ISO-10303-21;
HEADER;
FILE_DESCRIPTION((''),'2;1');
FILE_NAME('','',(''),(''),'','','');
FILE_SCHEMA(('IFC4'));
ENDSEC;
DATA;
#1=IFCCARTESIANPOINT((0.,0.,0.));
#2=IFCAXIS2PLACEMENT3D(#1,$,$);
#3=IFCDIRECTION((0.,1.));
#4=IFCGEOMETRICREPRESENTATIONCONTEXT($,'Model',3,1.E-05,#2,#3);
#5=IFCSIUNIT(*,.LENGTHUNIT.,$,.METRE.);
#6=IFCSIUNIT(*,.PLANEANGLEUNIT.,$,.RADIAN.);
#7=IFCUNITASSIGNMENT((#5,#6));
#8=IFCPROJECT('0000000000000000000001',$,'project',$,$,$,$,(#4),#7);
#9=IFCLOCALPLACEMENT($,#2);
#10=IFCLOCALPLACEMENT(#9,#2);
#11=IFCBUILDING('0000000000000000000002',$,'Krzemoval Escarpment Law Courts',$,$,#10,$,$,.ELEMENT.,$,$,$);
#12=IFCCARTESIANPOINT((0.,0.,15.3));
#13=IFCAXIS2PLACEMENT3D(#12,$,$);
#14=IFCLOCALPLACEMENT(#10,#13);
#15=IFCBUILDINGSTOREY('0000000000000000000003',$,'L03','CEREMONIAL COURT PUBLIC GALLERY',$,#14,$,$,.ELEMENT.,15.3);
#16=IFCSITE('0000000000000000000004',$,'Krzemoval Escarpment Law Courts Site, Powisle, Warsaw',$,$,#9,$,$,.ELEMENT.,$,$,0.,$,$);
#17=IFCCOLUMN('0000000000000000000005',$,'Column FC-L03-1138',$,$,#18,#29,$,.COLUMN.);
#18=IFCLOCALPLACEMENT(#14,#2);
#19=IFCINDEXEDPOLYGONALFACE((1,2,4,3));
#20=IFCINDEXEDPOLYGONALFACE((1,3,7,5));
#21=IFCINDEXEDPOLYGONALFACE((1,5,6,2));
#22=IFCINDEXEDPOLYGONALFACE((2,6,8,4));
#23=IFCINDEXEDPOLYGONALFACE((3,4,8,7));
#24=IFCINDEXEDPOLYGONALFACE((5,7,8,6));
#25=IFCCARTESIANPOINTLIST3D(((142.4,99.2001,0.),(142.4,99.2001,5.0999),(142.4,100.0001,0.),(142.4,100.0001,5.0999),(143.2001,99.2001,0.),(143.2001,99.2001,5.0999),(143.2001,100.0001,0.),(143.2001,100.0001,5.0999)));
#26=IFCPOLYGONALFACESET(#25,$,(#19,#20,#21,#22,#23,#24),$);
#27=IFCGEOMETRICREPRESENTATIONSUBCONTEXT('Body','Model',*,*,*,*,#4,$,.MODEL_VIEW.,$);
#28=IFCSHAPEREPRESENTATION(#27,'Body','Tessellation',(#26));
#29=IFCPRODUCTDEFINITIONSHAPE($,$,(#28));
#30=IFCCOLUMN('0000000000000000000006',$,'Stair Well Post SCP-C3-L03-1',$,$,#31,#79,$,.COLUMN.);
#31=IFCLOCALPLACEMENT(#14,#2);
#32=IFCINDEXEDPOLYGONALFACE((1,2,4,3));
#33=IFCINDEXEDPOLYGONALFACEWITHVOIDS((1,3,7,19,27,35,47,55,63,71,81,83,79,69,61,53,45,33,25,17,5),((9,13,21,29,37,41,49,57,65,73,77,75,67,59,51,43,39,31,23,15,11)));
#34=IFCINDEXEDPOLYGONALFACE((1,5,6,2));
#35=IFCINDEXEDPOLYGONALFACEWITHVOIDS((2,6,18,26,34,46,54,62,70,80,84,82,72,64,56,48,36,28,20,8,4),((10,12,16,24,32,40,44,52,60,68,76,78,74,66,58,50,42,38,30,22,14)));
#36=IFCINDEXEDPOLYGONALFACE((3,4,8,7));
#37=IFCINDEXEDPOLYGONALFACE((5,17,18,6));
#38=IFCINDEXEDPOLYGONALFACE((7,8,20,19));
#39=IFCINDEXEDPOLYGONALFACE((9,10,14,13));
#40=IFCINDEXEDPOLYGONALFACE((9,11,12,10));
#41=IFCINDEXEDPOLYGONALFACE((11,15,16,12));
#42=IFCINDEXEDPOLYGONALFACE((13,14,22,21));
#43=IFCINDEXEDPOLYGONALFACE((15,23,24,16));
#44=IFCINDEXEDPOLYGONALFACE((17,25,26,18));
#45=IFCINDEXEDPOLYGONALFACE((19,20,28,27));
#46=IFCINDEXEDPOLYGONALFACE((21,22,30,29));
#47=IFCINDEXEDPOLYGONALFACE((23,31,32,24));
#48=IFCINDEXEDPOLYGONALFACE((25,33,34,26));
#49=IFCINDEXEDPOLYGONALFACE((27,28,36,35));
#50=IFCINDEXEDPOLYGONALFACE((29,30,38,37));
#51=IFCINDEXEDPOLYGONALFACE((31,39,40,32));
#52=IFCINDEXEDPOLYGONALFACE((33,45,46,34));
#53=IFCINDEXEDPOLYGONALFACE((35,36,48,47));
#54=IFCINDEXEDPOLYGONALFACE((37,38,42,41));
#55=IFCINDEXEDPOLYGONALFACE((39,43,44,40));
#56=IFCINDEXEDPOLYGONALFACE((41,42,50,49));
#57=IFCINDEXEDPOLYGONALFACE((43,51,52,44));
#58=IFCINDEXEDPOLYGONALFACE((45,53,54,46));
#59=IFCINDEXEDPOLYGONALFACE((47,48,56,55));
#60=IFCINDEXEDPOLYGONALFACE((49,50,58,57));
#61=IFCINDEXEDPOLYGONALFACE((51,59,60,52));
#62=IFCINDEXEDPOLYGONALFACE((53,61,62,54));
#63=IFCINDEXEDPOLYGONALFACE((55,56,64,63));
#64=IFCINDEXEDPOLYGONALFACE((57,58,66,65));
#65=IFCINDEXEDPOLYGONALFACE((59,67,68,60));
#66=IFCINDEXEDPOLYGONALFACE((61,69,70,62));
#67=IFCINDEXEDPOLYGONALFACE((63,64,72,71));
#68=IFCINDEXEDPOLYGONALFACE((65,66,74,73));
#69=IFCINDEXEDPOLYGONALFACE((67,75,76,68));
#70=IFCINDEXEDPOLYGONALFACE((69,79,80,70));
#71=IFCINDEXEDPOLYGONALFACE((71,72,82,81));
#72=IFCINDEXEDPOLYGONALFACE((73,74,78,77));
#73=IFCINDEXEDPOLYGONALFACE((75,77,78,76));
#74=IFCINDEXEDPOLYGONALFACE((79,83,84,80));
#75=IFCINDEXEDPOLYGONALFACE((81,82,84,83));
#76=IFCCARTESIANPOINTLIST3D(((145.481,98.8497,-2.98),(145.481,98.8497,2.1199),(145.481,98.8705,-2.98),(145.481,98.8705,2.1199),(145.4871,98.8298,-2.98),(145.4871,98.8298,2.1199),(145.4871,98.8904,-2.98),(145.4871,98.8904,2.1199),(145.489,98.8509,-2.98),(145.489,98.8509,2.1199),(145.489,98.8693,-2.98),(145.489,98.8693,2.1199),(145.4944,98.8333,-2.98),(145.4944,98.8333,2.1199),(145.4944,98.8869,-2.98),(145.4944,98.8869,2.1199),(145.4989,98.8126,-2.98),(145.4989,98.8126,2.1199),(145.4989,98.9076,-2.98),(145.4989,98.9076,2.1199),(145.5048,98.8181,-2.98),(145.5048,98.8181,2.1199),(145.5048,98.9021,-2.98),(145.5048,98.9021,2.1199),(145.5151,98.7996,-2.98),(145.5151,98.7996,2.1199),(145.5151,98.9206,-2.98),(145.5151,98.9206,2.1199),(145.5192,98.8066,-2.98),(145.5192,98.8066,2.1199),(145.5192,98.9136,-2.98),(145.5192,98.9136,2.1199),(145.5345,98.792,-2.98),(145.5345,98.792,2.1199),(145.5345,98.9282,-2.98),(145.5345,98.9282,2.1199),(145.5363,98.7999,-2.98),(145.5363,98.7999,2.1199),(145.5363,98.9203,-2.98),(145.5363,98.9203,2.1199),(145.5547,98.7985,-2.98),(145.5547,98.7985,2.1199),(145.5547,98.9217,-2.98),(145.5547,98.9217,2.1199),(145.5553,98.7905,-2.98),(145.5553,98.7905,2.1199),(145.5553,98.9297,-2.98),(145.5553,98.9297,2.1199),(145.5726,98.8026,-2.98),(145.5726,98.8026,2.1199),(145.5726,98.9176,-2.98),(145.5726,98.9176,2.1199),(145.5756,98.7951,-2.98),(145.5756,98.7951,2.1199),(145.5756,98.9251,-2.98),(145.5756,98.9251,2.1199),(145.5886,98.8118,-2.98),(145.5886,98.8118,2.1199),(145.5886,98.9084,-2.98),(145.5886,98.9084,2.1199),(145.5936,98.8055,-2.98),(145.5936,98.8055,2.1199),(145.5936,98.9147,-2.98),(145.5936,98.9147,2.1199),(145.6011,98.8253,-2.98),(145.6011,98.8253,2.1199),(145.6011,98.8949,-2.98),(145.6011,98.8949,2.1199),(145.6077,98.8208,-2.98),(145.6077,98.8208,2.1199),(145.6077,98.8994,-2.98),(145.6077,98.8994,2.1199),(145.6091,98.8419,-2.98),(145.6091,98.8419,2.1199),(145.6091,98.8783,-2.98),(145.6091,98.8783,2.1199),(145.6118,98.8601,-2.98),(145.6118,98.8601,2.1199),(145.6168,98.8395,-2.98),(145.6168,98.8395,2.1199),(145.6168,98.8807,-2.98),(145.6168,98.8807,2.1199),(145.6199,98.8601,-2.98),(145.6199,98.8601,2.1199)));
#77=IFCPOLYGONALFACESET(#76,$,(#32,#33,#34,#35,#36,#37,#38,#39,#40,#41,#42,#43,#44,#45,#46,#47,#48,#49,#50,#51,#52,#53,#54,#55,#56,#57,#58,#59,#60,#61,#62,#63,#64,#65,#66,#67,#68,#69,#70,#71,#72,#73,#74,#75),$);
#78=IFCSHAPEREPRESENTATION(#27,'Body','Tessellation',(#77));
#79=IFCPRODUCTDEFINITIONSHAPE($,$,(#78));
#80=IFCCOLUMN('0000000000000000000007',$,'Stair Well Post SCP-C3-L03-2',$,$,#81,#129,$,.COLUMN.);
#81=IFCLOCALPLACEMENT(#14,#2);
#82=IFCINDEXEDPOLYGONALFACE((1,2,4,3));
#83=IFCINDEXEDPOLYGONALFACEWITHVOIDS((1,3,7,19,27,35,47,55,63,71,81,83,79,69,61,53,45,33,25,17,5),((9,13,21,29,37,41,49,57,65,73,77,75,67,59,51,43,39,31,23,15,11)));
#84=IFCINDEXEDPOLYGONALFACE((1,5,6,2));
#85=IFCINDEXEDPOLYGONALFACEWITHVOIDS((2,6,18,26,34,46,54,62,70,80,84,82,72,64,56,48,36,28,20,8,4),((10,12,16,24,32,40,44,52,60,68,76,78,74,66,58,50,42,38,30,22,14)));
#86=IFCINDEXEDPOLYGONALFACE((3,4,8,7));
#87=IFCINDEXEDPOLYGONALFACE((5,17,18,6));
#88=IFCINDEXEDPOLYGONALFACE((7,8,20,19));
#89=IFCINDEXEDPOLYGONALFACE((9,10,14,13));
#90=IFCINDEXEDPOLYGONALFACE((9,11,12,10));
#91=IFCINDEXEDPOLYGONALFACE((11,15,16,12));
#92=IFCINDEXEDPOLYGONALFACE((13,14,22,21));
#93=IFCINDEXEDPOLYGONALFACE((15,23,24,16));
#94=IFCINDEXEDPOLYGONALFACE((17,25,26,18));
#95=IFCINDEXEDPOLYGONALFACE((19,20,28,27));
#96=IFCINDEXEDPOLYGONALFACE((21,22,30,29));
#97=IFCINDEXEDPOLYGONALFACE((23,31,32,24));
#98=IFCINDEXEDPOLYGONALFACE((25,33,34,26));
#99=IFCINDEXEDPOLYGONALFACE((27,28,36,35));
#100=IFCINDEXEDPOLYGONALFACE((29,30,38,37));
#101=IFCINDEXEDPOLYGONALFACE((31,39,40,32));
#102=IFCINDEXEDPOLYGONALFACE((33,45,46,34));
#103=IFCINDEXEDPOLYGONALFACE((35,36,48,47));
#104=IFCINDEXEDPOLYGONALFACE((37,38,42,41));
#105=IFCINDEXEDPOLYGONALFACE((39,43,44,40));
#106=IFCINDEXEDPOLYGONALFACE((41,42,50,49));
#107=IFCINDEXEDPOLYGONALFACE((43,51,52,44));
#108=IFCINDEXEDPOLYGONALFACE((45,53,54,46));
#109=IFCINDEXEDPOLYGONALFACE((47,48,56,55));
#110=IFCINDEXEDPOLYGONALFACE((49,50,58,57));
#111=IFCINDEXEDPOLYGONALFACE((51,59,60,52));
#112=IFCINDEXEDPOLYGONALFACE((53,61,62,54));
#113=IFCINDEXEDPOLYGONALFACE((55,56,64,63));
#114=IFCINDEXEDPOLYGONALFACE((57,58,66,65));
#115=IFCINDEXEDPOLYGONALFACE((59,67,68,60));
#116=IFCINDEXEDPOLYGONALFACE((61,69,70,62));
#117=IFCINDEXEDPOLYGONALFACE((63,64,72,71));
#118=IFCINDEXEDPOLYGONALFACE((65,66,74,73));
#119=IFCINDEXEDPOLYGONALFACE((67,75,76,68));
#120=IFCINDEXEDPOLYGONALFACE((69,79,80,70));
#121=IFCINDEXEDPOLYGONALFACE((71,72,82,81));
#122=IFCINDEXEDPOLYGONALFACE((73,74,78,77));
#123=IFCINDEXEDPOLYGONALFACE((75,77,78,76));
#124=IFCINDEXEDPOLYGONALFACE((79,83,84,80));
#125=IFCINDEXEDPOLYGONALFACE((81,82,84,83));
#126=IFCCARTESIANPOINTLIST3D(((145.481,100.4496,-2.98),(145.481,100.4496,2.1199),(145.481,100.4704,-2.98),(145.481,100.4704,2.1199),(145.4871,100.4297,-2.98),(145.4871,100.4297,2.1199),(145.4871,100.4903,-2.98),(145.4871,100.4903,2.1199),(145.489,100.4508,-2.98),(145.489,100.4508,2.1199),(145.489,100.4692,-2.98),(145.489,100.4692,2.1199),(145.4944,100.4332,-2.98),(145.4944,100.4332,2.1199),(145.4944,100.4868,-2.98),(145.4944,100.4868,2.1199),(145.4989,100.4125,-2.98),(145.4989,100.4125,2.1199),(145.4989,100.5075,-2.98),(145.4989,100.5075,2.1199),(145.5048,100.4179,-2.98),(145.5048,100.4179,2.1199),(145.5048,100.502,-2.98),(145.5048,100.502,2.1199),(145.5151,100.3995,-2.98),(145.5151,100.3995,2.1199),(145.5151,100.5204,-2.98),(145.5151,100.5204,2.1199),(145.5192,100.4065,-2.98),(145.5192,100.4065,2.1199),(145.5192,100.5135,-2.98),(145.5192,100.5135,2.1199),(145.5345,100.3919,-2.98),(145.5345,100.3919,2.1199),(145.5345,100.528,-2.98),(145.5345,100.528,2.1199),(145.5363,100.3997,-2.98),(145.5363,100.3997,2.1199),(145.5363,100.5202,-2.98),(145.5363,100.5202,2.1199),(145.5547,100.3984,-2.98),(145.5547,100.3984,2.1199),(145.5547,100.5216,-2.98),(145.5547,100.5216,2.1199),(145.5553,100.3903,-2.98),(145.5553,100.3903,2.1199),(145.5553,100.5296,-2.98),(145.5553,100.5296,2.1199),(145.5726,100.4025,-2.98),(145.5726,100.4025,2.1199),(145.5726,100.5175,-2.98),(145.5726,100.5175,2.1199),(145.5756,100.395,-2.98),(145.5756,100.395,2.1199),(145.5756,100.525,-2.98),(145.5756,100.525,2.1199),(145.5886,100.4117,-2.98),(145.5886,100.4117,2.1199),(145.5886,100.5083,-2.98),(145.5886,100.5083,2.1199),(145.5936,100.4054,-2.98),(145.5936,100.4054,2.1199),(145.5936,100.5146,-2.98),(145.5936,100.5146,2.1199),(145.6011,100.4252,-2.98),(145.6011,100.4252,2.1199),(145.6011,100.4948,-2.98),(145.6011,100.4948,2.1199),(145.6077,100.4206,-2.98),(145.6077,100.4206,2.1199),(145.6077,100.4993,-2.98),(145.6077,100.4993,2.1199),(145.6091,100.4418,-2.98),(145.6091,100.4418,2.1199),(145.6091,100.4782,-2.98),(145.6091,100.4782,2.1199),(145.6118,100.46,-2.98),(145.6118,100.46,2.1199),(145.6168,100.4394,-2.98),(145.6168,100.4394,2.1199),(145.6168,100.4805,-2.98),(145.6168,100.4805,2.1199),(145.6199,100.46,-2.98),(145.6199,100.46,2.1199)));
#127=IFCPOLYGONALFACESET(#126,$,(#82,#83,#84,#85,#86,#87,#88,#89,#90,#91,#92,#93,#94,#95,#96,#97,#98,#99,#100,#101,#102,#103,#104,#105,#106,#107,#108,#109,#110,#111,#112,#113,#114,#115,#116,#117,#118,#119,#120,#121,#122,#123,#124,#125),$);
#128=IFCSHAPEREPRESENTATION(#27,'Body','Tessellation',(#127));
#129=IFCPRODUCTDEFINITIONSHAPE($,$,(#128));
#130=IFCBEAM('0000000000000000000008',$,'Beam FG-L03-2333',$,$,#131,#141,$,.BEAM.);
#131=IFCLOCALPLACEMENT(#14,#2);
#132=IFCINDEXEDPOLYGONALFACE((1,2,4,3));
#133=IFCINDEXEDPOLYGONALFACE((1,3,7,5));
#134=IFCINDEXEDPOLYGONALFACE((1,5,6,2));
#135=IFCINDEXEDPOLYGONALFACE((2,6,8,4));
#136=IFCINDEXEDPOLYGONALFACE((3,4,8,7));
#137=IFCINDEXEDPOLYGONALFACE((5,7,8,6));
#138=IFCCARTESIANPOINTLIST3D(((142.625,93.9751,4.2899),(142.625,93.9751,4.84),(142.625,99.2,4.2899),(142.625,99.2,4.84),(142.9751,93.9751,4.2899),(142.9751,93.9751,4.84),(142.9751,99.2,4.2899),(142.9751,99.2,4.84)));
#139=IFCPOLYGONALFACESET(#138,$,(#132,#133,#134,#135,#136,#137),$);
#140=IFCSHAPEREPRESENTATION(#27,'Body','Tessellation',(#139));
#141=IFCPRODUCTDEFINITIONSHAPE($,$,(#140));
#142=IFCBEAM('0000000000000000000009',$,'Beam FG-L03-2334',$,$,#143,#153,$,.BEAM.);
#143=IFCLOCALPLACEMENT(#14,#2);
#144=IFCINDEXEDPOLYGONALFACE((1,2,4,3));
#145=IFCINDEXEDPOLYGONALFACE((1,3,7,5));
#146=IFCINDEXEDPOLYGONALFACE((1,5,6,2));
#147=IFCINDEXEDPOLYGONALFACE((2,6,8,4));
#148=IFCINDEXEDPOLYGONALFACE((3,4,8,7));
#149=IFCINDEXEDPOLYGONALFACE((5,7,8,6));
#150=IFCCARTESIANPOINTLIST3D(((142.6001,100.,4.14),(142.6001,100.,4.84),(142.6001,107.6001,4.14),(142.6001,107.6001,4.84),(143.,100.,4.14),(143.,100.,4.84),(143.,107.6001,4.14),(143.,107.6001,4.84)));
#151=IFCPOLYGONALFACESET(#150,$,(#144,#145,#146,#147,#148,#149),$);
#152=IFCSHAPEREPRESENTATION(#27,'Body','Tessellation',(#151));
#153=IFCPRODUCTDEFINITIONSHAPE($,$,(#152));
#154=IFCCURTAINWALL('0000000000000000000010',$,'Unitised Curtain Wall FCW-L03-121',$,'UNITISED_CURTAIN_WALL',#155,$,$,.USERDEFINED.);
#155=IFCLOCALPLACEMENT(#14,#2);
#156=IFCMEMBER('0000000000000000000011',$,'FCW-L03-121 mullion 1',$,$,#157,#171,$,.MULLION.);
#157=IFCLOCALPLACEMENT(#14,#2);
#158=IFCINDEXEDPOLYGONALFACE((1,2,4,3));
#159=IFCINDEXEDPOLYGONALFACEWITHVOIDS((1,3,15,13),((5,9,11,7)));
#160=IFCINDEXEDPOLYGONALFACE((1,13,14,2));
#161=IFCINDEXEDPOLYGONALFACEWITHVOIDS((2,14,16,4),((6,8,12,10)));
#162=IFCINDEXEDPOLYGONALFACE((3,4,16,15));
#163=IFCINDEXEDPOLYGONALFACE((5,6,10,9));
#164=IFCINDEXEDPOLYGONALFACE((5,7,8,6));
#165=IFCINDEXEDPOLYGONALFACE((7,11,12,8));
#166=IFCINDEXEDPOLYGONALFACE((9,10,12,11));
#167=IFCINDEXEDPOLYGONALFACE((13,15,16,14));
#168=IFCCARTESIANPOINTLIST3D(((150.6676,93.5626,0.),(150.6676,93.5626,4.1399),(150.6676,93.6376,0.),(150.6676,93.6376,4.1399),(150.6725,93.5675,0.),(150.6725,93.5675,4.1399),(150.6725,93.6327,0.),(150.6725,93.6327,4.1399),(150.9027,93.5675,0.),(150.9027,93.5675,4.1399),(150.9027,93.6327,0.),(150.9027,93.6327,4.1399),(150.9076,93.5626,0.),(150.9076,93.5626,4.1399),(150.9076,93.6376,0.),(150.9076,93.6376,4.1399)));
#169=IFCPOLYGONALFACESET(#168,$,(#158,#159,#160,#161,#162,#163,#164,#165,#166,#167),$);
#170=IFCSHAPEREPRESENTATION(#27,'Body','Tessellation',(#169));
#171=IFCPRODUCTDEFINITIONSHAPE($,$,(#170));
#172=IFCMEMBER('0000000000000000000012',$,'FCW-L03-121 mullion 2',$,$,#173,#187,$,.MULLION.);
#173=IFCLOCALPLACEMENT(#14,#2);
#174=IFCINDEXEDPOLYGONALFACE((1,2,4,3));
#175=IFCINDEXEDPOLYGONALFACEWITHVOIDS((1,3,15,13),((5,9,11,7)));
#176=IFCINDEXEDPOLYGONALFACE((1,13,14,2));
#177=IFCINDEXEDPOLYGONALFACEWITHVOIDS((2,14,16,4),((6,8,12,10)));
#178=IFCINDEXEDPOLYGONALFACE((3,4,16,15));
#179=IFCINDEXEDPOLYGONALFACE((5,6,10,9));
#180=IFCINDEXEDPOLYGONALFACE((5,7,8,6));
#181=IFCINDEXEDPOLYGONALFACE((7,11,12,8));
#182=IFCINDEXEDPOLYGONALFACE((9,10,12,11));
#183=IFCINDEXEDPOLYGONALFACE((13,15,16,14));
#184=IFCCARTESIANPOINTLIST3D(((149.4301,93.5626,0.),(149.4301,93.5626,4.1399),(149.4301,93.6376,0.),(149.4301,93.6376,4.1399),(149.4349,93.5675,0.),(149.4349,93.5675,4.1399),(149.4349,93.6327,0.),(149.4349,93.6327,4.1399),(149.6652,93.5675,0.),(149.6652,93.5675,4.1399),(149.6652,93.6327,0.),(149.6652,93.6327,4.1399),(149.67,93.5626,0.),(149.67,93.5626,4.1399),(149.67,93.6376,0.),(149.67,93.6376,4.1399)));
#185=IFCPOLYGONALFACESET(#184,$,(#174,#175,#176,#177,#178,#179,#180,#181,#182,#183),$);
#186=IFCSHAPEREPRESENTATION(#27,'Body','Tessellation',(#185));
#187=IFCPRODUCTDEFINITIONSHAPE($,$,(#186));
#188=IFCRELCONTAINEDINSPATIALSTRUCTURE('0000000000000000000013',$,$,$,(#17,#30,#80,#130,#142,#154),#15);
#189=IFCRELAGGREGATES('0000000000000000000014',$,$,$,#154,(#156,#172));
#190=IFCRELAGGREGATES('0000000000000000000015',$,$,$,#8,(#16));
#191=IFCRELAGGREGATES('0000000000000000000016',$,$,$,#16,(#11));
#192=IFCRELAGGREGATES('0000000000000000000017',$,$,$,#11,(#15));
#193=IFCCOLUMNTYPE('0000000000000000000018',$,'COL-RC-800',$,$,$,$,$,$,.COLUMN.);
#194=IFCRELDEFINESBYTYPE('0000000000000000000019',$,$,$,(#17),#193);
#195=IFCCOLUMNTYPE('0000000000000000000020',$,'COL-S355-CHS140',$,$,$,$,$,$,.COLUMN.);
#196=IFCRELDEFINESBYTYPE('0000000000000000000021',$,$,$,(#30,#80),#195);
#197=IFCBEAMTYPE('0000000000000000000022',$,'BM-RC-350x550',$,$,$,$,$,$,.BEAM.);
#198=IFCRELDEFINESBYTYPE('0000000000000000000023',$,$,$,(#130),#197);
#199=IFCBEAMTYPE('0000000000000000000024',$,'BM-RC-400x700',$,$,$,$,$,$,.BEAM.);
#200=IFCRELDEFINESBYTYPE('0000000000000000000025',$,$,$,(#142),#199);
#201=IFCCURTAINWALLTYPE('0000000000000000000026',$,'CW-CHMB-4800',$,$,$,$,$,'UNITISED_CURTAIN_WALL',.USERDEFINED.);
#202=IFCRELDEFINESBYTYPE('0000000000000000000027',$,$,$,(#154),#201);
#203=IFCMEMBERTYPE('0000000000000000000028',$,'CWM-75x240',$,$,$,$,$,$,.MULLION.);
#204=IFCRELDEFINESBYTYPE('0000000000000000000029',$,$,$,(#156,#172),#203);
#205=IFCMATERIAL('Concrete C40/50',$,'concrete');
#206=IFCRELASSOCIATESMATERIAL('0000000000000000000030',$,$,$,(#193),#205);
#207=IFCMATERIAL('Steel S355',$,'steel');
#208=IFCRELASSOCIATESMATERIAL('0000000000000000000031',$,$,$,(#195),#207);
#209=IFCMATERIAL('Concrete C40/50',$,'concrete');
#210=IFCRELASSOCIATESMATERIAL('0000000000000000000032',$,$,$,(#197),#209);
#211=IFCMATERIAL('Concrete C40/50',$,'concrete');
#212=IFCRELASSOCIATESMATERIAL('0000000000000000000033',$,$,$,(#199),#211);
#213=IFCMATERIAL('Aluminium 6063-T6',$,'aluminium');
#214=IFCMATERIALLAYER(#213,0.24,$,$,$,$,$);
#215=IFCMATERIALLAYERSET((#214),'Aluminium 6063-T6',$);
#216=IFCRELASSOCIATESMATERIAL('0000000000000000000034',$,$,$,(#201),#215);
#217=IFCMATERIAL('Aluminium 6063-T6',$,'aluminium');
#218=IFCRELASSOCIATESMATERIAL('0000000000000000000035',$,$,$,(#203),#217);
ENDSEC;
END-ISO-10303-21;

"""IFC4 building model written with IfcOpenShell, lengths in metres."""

from ifc_helpers import new_model, si_unit, direction, frame, origin, origin_2d, place, context, subcontext, project, spatial, rectangle, hollow_rectangle, hollow_circle, extrude, material, layer, layer_set, material_profile, profile_set, type_object, element, aggregate, save


model = new_model("IFC4")

# Units and contexts
model_context = context("Model", 3, precision=1e-05, world=origin(), true_north=direction((0.0, 1.0)))
body_context = subcontext(model_context, "Body", "Model", "MODEL_VIEW")
ifc_project = project(units=[si_unit("LENGTHUNIT", "METRE"), si_unit("PLANEANGLEUNIT", "RADIAN")], contexts=[model_context])

# Site, building, storey
site_placement = place(None, origin())
site = spatial("IfcSite", under=ifc_project, at=site_placement, Name="Krzemoval Escarpment Law Courts Site, Powisle, Warsaw", CompositionType="ELEMENT", RefElevation=0.0)
building_placement = place(site_placement, origin())
building = spatial("IfcBuilding", under=site, at=building_placement, Name="Krzemoval Escarpment Law Courts", CompositionType="ELEMENT")
storey_placement = place(building_placement, frame((0.0, 0.0, 15.3)))
storey = spatial("IfcBuildingStorey", under=building, at=storey_placement, Name="L03", Description="CEREMONIAL COURT PUBLIC GALLERY", CompositionType="ELEMENT", Elevation=15.3)

# Columns
ifc_material_1 = material(Name="Concrete C40/50", Category="concrete")
ifc_material_profile_1 = material_profile(ifc_material_1, rectangle(XDim=0.8, YDim=0.8, at=origin_2d()), Name="RC 800x800")
ifc_profile_set_1 = profile_set([ifc_material_profile_1], Name="Concrete C40/50")
column_type_1 = type_object("IfcColumnType", Name="COL-RC-800", PredefinedType="COLUMN", material=ifc_profile_set_1)
column_placement = place(storey_placement, frame((142.8, 99.6001, 0.0), z_axis=(0.0, 0.0, 1.0), x_axis=(1.0, 0.0, 0.0)))
element("IfcColumn", 1, at=column_placement, inside=storey, type_object=column_type_1, Name="Column FC-L03-1138", PredefinedType="COLUMN", context=body_context, shape_type="SweptSolid", body=[
    extrude(rectangle(XDim=0.8, YDim=0.8, at=origin_2d()), origin(), (0.0, 0.0, 1.0), 5.0999),
])
ifc_material_2 = material(Name="Steel S355", Category="steel")
ifc_material_profile_2 = material_profile(ifc_material_2, hollow_circle(Radius=0.0698, WallThickness=0.0081, at=origin_2d()), Name="CHS 139.7x8")
ifc_profile_set_2 = profile_set([ifc_material_profile_2], Name="Steel S355")
column_type_2 = type_object("IfcColumnType", Name="COL-S355-CHS140", PredefinedType="COLUMN", material=ifc_profile_set_2)
for number, where, z_axis, x_axis, name in (
    (2, (145.55, 98.8601, -2.98), (0.0, 0.0, 1.0), (1.0, 0.0, 0.0), "Stair Well Post SCP-C3-L03-1"),
    (3, (145.55, 100.46, -2.98), (0.0, 0.0, 1.0), (1.0, 0.0, 0.0), "Stair Well Post SCP-C3-L03-2"),
):
    element("IfcColumn", number, at=place(storey_placement, frame(where, z_axis=z_axis, x_axis=x_axis)), inside=storey, type_object=column_type_2, Name=name, PredefinedType="COLUMN", context=body_context, shape_type="SweptSolid", body=[
        extrude(hollow_circle(Radius=0.0698, WallThickness=0.0081, at=origin_2d()), origin(), (0.0, 0.0, 1.0), 5.0999),
    ])

# Beams
ifc_material_3 = material(Name="Concrete C40/50", Category="concrete")
ifc_material_profile_3 = material_profile(ifc_material_3, rectangle(XDim=0.3501, YDim=0.55, at=origin_2d()), Name="RCB 350x550")
ifc_profile_set_3 = profile_set([ifc_material_profile_3], Name="Concrete C40/50")
beam_type_1 = type_object("IfcBeamType", Name="BM-RC-350x550", PredefinedType="BEAM", material=ifc_profile_set_3)
beam_1_placement = place(storey_placement, frame((142.8, 93.9751, 4.5649), z_axis=(0.0, 1.0, 0.0), x_axis=(-1.0, 0.0, 0.0)))
element("IfcBeam", 4, at=beam_1_placement, inside=storey, type_object=beam_type_1, Name="Beam FG-L03-2333", PredefinedType="BEAM", context=body_context, shape_type="SweptSolid", body=[
    extrude(rectangle(XDim=0.3501, YDim=0.55, at=origin_2d()), origin(), (0.0, 0.0, 1.0), 5.2249),
])
ifc_material_4 = material(Name="Concrete C40/50", Category="concrete")
ifc_material_profile_4 = material_profile(ifc_material_4, rectangle(XDim=0.3999, YDim=0.7, at=origin_2d()), Name="RCB 400x700")
ifc_profile_set_4 = profile_set([ifc_material_profile_4], Name="Concrete C40/50")
beam_type_2 = type_object("IfcBeamType", Name="BM-RC-400x700", PredefinedType="BEAM", material=ifc_profile_set_4)
beam_2_placement = place(storey_placement, frame((142.8, 100.0, 4.49), z_axis=(0.0, 1.0, 0.0), x_axis=(-1.0, 0.0, 0.0)))
element("IfcBeam", 5, at=beam_2_placement, inside=storey, type_object=beam_type_2, Name="Beam FG-L03-2334", PredefinedType="BEAM", context=body_context, shape_type="SweptSolid", body=[
    extrude(rectangle(XDim=0.3999, YDim=0.7, at=origin_2d()), origin(), (0.0, 0.0, 1.0), 7.6001),
])

# Curtain wall, members
ifc_material_5 = material(Name="Aluminium 6063-T6", Category="aluminium")
ifc_layer_1 = layer(ifc_material_5, 0.24)
ifc_layer_set_1 = layer_set([ifc_layer_1], Name="Aluminium 6063-T6")
curtain_wall_type = type_object("IfcCurtainWallType", Name="CW-CHMB-4800", ElementType="UNITISED_CURTAIN_WALL", PredefinedType="USERDEFINED", material=ifc_layer_set_1)
curtain_wall_placement = place(storey_placement, origin())
curtain_wall = element("IfcCurtainWall", 6, at=curtain_wall_placement, inside=storey, type_object=curtain_wall_type, Name="Unitised Curtain Wall FCW-L03-121", ObjectType="UNITISED_CURTAIN_WALL", PredefinedType="USERDEFINED")
ifc_material_6 = material(Name="Aluminium 6063-T6", Category="aluminium")
ifc_material_profile_5 = material_profile(ifc_material_6, hollow_rectangle(XDim=0.075, YDim=0.24, WallThickness=0.0049, at=origin_2d()), Name="ALU M75x240")
ifc_profile_set_5 = profile_set([ifc_material_profile_5], Name="Aluminium 6063-T6")
member_type_1 = type_object("IfcMemberType", Name="CWM-75x240", PredefinedType="MULLION", material=ifc_profile_set_5)
member_1_placement = place(storey_placement, frame((150.7876, 93.6001, 0.0), z_axis=(0.0, 0.0, 1.0), x_axis=(0.0, -1.0, 0.0)))
member_1 = element("IfcMember", 7, at=member_1_placement, type_object=member_type_1, Name="FCW-L03-121 mullion 1", PredefinedType="MULLION", context=body_context, shape_type="SweptSolid", body=[
    extrude(hollow_rectangle(XDim=0.075, YDim=0.24, WallThickness=0.0049, at=origin_2d()), origin(), (0.0, 0.0, 1.0), 4.1399),
])
member_2_placement = place(storey_placement, frame((149.55, 93.6001, 0.0), z_axis=(0.0, 0.0, 1.0), x_axis=(0.0, -1.0, 0.0)))
member_2 = element("IfcMember", 8, at=member_2_placement, type_object=member_type_1, Name="FCW-L03-121 mullion 2", PredefinedType="MULLION", context=body_context, shape_type="SweptSolid", body=[
    extrude(hollow_rectangle(XDim=0.075, YDim=0.24, WallThickness=0.0049, at=origin_2d()), origin(), (0.0, 0.0, 1.0), 4.1399),
])

aggregate(curtain_wall, [member_1, member_2])

save(model, "model.ifc")
